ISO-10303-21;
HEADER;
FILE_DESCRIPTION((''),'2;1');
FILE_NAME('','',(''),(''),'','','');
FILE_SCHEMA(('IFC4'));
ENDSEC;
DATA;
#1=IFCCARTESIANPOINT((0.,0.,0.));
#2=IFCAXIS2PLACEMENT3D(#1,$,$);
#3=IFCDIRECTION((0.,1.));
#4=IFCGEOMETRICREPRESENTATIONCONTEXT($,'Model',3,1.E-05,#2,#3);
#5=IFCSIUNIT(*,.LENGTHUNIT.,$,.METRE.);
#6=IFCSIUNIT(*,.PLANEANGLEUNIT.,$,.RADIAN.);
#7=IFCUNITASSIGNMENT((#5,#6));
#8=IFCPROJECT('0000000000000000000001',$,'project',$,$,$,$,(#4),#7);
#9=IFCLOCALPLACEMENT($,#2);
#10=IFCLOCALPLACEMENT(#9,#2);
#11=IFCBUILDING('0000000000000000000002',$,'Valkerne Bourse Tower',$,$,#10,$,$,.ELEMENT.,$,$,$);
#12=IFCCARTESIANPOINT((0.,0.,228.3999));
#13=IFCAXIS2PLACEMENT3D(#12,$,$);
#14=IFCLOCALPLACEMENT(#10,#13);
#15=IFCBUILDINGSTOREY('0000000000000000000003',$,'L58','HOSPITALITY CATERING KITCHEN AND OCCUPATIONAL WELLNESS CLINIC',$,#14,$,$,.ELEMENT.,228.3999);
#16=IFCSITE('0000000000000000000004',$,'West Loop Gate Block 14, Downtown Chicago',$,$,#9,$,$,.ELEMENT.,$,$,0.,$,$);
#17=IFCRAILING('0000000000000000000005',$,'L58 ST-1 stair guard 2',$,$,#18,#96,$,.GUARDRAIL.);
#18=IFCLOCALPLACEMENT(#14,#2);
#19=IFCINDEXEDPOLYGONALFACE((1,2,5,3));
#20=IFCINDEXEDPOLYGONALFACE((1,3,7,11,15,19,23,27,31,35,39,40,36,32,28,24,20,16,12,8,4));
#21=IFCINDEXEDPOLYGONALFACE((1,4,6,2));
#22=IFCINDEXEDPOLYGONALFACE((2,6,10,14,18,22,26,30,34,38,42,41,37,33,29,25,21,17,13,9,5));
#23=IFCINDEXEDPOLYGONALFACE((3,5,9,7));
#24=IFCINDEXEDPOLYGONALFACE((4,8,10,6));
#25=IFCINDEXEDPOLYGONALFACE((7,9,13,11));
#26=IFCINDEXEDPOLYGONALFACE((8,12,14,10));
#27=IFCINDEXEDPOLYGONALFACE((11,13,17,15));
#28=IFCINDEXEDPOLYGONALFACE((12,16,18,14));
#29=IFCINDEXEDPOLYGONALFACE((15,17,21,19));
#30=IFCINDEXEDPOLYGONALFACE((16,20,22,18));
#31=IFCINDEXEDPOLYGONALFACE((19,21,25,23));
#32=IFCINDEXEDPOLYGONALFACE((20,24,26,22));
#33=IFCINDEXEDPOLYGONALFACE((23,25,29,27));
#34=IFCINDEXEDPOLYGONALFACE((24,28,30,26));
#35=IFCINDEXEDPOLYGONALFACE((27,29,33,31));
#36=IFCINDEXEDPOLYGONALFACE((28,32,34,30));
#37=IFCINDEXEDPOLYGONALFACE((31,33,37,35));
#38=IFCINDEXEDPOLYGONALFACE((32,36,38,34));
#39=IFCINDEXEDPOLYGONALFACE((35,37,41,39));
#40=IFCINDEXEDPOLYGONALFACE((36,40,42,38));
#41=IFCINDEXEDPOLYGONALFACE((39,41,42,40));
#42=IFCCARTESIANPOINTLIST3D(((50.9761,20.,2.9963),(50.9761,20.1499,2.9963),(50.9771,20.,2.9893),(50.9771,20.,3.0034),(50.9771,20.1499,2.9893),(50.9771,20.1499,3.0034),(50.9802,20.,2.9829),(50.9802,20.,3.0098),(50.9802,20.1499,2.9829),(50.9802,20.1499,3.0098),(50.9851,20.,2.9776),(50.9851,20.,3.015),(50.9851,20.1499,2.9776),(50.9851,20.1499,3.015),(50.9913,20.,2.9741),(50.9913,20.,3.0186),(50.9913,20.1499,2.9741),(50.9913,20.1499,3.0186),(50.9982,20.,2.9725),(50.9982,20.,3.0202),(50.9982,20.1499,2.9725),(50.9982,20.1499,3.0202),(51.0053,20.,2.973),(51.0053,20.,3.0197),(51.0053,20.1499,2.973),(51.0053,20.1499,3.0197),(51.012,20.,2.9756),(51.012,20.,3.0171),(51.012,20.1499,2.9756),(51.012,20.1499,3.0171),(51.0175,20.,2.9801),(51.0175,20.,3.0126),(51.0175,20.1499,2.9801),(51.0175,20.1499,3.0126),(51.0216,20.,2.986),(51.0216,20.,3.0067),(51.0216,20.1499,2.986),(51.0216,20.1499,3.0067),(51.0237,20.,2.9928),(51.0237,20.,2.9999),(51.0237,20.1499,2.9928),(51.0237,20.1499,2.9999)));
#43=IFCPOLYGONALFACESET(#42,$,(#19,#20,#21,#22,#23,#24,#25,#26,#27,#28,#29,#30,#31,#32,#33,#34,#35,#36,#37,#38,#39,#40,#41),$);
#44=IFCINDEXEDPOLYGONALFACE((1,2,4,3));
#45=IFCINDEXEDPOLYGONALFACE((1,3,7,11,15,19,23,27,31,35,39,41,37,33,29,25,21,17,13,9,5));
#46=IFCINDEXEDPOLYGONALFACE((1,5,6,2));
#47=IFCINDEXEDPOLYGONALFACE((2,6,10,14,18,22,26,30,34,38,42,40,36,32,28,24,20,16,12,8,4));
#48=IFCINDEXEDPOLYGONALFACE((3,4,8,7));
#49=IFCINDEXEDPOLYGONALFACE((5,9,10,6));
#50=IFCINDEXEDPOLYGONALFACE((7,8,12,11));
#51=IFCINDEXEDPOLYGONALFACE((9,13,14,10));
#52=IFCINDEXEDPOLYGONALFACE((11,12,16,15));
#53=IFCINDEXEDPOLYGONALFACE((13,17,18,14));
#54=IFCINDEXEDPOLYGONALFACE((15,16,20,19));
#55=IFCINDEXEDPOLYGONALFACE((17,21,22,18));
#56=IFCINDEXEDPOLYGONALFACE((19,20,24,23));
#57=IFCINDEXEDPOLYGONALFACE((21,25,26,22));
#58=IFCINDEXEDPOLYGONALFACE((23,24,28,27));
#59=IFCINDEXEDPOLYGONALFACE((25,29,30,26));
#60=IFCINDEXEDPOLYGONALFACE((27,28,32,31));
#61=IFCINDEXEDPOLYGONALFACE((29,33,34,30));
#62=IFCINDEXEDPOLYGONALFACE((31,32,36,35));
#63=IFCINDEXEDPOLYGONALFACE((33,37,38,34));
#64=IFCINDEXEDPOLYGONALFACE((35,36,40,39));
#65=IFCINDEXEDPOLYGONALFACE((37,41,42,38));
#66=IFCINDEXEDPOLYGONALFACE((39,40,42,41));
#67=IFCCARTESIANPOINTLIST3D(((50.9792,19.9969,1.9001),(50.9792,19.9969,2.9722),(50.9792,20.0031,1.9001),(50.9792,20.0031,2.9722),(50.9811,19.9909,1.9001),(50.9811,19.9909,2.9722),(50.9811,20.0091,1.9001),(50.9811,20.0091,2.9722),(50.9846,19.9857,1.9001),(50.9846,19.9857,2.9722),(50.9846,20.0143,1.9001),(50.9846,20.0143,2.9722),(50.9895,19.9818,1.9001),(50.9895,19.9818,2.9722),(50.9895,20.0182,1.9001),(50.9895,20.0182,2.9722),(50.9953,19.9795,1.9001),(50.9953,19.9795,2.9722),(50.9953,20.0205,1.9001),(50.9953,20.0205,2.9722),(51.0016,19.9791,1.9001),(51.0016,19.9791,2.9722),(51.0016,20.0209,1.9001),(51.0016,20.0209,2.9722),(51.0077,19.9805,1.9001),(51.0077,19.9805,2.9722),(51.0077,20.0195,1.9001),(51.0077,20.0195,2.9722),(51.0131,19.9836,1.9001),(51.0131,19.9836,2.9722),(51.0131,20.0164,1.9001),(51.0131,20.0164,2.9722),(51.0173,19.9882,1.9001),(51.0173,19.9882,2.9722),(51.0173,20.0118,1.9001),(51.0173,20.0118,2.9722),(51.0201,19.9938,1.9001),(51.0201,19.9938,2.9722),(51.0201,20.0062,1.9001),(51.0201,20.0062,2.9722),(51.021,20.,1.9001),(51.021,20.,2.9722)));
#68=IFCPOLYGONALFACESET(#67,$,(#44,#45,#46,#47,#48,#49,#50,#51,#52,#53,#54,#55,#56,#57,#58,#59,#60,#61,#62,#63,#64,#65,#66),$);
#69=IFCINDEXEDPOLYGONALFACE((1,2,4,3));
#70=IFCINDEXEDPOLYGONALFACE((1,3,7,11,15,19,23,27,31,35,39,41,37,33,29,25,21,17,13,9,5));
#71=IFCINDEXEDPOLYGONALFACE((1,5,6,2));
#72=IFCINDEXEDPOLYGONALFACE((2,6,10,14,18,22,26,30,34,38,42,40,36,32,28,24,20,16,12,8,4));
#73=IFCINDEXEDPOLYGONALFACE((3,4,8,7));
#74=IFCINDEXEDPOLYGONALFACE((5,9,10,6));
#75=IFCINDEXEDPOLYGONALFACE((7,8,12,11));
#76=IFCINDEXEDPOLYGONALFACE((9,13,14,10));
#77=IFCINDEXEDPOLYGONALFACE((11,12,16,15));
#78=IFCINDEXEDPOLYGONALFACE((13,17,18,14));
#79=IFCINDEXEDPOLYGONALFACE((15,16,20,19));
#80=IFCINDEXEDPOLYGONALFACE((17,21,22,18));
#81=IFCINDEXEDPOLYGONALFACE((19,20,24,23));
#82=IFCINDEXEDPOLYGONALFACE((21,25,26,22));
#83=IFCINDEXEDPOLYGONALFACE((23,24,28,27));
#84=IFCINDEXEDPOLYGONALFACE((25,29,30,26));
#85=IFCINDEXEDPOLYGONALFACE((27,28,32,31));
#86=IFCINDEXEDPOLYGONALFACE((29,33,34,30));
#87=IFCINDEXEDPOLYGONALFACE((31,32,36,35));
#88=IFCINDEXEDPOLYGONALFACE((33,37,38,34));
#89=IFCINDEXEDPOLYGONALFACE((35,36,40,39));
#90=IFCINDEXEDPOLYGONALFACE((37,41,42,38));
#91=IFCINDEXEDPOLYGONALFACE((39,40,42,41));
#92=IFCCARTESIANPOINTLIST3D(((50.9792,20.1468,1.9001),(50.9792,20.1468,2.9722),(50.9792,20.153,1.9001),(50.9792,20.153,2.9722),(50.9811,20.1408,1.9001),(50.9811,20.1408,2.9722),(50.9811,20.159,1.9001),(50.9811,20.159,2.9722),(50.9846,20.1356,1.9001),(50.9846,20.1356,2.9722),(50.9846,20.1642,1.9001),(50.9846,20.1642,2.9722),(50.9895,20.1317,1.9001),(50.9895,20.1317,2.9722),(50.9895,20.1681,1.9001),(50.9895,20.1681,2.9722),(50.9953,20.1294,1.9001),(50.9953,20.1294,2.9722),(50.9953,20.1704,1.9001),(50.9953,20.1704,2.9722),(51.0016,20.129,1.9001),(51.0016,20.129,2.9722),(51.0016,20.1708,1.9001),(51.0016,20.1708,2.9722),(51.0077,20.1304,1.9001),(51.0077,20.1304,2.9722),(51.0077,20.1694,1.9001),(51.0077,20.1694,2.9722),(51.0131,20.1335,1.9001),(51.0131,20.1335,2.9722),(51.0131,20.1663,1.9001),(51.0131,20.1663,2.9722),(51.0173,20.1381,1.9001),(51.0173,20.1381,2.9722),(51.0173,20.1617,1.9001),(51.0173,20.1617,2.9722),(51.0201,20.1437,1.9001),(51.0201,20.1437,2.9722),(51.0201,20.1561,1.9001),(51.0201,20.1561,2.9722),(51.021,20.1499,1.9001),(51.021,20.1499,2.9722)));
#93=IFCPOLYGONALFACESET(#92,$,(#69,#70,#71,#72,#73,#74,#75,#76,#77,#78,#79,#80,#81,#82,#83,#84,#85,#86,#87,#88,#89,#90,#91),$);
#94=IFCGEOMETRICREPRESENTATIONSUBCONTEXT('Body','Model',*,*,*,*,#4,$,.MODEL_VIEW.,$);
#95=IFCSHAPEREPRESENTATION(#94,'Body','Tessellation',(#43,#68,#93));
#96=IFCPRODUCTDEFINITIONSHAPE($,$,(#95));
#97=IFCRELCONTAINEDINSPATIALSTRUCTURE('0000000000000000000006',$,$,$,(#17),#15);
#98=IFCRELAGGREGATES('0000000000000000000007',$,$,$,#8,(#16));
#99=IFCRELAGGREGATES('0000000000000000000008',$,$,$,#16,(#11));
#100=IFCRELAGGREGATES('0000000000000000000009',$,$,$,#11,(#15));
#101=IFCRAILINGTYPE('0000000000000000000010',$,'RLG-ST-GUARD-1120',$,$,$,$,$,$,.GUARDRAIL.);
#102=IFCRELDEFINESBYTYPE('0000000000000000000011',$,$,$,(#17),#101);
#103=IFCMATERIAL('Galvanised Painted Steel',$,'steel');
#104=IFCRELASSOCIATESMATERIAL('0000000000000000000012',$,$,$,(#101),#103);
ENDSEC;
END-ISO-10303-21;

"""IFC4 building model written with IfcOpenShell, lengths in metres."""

from ifc_helpers import new_model, si_unit, direction, frame, origin, origin_2d, place, context, subcontext, project, spatial, circle, extrude, material, type_object, element, save


model = new_model("IFC4")

# Units and contexts
model_context = context("Model", 3, precision=1e-05, world=origin(), true_north=direction((0.0, 1.0)))
body_context = subcontext(model_context, "Body", "Model", "MODEL_VIEW")
ifc_project = project(units=[si_unit("LENGTHUNIT", "METRE"), si_unit("PLANEANGLEUNIT", "RADIAN")], contexts=[model_context])

# Site, building, storey
site_placement = place(None, origin())
site = spatial("IfcSite", under=ifc_project, at=site_placement, Name="West Loop Gate Block 14, Downtown Chicago", CompositionType="ELEMENT", RefElevation=0.0)
building_placement = place(site_placement, origin())
building = spatial("IfcBuilding", under=site, at=building_placement, Name="Valkerne Bourse Tower", CompositionType="ELEMENT")
storey_placement = place(building_placement, frame((0.0, 0.0, 228.3999)))
storey = spatial("IfcBuildingStorey", under=building, at=storey_placement, Name="L58", Description="HOSPITALITY CATERING KITCHEN AND OCCUPATIONAL WELLNESS CLINIC", CompositionType="ELEMENT", Elevation=228.3999)

# Shared definitions
ifc_material_1 = material(Name="Galvanised Painted Steel", Category="steel")

# Railing
railing_type_1 = type_object("IfcRailingType", Name="RLG-ST-GUARD-1120", PredefinedType="GUARDRAIL", material=ifc_material_1)
railing_1_placement = place(storey_placement, frame((51.0, 20.0, 1.9001)))
element("IfcRailing", 1, at=railing_1_placement, inside=storey, type_object=railing_type_1, Name="L58 ST-1 stair guard 2", PredefinedType="GUARDRAIL", context=body_context, shape_type="SweptSolid", body=[
    extrude(circle(Radius=0.0239, at=origin_2d()), frame((0.0, 0.0, 1.0962), z_axis=(0.0, 1.0, 0.0), x_axis=(-1.0, 0.0, 0.0)), (0.0, 0.0, 1.0), 0.1499),
    extrude(circle(Radius=0.021, at=origin_2d()), origin(), (0.0, 0.0, 1.0), 1.072),
    extrude(circle(Radius=0.021, at=origin_2d()), frame((0.0, 0.1499, 0.0)), (0.0, 0.0, 1.0), 1.072),
])

save(model, "model.ifc")
